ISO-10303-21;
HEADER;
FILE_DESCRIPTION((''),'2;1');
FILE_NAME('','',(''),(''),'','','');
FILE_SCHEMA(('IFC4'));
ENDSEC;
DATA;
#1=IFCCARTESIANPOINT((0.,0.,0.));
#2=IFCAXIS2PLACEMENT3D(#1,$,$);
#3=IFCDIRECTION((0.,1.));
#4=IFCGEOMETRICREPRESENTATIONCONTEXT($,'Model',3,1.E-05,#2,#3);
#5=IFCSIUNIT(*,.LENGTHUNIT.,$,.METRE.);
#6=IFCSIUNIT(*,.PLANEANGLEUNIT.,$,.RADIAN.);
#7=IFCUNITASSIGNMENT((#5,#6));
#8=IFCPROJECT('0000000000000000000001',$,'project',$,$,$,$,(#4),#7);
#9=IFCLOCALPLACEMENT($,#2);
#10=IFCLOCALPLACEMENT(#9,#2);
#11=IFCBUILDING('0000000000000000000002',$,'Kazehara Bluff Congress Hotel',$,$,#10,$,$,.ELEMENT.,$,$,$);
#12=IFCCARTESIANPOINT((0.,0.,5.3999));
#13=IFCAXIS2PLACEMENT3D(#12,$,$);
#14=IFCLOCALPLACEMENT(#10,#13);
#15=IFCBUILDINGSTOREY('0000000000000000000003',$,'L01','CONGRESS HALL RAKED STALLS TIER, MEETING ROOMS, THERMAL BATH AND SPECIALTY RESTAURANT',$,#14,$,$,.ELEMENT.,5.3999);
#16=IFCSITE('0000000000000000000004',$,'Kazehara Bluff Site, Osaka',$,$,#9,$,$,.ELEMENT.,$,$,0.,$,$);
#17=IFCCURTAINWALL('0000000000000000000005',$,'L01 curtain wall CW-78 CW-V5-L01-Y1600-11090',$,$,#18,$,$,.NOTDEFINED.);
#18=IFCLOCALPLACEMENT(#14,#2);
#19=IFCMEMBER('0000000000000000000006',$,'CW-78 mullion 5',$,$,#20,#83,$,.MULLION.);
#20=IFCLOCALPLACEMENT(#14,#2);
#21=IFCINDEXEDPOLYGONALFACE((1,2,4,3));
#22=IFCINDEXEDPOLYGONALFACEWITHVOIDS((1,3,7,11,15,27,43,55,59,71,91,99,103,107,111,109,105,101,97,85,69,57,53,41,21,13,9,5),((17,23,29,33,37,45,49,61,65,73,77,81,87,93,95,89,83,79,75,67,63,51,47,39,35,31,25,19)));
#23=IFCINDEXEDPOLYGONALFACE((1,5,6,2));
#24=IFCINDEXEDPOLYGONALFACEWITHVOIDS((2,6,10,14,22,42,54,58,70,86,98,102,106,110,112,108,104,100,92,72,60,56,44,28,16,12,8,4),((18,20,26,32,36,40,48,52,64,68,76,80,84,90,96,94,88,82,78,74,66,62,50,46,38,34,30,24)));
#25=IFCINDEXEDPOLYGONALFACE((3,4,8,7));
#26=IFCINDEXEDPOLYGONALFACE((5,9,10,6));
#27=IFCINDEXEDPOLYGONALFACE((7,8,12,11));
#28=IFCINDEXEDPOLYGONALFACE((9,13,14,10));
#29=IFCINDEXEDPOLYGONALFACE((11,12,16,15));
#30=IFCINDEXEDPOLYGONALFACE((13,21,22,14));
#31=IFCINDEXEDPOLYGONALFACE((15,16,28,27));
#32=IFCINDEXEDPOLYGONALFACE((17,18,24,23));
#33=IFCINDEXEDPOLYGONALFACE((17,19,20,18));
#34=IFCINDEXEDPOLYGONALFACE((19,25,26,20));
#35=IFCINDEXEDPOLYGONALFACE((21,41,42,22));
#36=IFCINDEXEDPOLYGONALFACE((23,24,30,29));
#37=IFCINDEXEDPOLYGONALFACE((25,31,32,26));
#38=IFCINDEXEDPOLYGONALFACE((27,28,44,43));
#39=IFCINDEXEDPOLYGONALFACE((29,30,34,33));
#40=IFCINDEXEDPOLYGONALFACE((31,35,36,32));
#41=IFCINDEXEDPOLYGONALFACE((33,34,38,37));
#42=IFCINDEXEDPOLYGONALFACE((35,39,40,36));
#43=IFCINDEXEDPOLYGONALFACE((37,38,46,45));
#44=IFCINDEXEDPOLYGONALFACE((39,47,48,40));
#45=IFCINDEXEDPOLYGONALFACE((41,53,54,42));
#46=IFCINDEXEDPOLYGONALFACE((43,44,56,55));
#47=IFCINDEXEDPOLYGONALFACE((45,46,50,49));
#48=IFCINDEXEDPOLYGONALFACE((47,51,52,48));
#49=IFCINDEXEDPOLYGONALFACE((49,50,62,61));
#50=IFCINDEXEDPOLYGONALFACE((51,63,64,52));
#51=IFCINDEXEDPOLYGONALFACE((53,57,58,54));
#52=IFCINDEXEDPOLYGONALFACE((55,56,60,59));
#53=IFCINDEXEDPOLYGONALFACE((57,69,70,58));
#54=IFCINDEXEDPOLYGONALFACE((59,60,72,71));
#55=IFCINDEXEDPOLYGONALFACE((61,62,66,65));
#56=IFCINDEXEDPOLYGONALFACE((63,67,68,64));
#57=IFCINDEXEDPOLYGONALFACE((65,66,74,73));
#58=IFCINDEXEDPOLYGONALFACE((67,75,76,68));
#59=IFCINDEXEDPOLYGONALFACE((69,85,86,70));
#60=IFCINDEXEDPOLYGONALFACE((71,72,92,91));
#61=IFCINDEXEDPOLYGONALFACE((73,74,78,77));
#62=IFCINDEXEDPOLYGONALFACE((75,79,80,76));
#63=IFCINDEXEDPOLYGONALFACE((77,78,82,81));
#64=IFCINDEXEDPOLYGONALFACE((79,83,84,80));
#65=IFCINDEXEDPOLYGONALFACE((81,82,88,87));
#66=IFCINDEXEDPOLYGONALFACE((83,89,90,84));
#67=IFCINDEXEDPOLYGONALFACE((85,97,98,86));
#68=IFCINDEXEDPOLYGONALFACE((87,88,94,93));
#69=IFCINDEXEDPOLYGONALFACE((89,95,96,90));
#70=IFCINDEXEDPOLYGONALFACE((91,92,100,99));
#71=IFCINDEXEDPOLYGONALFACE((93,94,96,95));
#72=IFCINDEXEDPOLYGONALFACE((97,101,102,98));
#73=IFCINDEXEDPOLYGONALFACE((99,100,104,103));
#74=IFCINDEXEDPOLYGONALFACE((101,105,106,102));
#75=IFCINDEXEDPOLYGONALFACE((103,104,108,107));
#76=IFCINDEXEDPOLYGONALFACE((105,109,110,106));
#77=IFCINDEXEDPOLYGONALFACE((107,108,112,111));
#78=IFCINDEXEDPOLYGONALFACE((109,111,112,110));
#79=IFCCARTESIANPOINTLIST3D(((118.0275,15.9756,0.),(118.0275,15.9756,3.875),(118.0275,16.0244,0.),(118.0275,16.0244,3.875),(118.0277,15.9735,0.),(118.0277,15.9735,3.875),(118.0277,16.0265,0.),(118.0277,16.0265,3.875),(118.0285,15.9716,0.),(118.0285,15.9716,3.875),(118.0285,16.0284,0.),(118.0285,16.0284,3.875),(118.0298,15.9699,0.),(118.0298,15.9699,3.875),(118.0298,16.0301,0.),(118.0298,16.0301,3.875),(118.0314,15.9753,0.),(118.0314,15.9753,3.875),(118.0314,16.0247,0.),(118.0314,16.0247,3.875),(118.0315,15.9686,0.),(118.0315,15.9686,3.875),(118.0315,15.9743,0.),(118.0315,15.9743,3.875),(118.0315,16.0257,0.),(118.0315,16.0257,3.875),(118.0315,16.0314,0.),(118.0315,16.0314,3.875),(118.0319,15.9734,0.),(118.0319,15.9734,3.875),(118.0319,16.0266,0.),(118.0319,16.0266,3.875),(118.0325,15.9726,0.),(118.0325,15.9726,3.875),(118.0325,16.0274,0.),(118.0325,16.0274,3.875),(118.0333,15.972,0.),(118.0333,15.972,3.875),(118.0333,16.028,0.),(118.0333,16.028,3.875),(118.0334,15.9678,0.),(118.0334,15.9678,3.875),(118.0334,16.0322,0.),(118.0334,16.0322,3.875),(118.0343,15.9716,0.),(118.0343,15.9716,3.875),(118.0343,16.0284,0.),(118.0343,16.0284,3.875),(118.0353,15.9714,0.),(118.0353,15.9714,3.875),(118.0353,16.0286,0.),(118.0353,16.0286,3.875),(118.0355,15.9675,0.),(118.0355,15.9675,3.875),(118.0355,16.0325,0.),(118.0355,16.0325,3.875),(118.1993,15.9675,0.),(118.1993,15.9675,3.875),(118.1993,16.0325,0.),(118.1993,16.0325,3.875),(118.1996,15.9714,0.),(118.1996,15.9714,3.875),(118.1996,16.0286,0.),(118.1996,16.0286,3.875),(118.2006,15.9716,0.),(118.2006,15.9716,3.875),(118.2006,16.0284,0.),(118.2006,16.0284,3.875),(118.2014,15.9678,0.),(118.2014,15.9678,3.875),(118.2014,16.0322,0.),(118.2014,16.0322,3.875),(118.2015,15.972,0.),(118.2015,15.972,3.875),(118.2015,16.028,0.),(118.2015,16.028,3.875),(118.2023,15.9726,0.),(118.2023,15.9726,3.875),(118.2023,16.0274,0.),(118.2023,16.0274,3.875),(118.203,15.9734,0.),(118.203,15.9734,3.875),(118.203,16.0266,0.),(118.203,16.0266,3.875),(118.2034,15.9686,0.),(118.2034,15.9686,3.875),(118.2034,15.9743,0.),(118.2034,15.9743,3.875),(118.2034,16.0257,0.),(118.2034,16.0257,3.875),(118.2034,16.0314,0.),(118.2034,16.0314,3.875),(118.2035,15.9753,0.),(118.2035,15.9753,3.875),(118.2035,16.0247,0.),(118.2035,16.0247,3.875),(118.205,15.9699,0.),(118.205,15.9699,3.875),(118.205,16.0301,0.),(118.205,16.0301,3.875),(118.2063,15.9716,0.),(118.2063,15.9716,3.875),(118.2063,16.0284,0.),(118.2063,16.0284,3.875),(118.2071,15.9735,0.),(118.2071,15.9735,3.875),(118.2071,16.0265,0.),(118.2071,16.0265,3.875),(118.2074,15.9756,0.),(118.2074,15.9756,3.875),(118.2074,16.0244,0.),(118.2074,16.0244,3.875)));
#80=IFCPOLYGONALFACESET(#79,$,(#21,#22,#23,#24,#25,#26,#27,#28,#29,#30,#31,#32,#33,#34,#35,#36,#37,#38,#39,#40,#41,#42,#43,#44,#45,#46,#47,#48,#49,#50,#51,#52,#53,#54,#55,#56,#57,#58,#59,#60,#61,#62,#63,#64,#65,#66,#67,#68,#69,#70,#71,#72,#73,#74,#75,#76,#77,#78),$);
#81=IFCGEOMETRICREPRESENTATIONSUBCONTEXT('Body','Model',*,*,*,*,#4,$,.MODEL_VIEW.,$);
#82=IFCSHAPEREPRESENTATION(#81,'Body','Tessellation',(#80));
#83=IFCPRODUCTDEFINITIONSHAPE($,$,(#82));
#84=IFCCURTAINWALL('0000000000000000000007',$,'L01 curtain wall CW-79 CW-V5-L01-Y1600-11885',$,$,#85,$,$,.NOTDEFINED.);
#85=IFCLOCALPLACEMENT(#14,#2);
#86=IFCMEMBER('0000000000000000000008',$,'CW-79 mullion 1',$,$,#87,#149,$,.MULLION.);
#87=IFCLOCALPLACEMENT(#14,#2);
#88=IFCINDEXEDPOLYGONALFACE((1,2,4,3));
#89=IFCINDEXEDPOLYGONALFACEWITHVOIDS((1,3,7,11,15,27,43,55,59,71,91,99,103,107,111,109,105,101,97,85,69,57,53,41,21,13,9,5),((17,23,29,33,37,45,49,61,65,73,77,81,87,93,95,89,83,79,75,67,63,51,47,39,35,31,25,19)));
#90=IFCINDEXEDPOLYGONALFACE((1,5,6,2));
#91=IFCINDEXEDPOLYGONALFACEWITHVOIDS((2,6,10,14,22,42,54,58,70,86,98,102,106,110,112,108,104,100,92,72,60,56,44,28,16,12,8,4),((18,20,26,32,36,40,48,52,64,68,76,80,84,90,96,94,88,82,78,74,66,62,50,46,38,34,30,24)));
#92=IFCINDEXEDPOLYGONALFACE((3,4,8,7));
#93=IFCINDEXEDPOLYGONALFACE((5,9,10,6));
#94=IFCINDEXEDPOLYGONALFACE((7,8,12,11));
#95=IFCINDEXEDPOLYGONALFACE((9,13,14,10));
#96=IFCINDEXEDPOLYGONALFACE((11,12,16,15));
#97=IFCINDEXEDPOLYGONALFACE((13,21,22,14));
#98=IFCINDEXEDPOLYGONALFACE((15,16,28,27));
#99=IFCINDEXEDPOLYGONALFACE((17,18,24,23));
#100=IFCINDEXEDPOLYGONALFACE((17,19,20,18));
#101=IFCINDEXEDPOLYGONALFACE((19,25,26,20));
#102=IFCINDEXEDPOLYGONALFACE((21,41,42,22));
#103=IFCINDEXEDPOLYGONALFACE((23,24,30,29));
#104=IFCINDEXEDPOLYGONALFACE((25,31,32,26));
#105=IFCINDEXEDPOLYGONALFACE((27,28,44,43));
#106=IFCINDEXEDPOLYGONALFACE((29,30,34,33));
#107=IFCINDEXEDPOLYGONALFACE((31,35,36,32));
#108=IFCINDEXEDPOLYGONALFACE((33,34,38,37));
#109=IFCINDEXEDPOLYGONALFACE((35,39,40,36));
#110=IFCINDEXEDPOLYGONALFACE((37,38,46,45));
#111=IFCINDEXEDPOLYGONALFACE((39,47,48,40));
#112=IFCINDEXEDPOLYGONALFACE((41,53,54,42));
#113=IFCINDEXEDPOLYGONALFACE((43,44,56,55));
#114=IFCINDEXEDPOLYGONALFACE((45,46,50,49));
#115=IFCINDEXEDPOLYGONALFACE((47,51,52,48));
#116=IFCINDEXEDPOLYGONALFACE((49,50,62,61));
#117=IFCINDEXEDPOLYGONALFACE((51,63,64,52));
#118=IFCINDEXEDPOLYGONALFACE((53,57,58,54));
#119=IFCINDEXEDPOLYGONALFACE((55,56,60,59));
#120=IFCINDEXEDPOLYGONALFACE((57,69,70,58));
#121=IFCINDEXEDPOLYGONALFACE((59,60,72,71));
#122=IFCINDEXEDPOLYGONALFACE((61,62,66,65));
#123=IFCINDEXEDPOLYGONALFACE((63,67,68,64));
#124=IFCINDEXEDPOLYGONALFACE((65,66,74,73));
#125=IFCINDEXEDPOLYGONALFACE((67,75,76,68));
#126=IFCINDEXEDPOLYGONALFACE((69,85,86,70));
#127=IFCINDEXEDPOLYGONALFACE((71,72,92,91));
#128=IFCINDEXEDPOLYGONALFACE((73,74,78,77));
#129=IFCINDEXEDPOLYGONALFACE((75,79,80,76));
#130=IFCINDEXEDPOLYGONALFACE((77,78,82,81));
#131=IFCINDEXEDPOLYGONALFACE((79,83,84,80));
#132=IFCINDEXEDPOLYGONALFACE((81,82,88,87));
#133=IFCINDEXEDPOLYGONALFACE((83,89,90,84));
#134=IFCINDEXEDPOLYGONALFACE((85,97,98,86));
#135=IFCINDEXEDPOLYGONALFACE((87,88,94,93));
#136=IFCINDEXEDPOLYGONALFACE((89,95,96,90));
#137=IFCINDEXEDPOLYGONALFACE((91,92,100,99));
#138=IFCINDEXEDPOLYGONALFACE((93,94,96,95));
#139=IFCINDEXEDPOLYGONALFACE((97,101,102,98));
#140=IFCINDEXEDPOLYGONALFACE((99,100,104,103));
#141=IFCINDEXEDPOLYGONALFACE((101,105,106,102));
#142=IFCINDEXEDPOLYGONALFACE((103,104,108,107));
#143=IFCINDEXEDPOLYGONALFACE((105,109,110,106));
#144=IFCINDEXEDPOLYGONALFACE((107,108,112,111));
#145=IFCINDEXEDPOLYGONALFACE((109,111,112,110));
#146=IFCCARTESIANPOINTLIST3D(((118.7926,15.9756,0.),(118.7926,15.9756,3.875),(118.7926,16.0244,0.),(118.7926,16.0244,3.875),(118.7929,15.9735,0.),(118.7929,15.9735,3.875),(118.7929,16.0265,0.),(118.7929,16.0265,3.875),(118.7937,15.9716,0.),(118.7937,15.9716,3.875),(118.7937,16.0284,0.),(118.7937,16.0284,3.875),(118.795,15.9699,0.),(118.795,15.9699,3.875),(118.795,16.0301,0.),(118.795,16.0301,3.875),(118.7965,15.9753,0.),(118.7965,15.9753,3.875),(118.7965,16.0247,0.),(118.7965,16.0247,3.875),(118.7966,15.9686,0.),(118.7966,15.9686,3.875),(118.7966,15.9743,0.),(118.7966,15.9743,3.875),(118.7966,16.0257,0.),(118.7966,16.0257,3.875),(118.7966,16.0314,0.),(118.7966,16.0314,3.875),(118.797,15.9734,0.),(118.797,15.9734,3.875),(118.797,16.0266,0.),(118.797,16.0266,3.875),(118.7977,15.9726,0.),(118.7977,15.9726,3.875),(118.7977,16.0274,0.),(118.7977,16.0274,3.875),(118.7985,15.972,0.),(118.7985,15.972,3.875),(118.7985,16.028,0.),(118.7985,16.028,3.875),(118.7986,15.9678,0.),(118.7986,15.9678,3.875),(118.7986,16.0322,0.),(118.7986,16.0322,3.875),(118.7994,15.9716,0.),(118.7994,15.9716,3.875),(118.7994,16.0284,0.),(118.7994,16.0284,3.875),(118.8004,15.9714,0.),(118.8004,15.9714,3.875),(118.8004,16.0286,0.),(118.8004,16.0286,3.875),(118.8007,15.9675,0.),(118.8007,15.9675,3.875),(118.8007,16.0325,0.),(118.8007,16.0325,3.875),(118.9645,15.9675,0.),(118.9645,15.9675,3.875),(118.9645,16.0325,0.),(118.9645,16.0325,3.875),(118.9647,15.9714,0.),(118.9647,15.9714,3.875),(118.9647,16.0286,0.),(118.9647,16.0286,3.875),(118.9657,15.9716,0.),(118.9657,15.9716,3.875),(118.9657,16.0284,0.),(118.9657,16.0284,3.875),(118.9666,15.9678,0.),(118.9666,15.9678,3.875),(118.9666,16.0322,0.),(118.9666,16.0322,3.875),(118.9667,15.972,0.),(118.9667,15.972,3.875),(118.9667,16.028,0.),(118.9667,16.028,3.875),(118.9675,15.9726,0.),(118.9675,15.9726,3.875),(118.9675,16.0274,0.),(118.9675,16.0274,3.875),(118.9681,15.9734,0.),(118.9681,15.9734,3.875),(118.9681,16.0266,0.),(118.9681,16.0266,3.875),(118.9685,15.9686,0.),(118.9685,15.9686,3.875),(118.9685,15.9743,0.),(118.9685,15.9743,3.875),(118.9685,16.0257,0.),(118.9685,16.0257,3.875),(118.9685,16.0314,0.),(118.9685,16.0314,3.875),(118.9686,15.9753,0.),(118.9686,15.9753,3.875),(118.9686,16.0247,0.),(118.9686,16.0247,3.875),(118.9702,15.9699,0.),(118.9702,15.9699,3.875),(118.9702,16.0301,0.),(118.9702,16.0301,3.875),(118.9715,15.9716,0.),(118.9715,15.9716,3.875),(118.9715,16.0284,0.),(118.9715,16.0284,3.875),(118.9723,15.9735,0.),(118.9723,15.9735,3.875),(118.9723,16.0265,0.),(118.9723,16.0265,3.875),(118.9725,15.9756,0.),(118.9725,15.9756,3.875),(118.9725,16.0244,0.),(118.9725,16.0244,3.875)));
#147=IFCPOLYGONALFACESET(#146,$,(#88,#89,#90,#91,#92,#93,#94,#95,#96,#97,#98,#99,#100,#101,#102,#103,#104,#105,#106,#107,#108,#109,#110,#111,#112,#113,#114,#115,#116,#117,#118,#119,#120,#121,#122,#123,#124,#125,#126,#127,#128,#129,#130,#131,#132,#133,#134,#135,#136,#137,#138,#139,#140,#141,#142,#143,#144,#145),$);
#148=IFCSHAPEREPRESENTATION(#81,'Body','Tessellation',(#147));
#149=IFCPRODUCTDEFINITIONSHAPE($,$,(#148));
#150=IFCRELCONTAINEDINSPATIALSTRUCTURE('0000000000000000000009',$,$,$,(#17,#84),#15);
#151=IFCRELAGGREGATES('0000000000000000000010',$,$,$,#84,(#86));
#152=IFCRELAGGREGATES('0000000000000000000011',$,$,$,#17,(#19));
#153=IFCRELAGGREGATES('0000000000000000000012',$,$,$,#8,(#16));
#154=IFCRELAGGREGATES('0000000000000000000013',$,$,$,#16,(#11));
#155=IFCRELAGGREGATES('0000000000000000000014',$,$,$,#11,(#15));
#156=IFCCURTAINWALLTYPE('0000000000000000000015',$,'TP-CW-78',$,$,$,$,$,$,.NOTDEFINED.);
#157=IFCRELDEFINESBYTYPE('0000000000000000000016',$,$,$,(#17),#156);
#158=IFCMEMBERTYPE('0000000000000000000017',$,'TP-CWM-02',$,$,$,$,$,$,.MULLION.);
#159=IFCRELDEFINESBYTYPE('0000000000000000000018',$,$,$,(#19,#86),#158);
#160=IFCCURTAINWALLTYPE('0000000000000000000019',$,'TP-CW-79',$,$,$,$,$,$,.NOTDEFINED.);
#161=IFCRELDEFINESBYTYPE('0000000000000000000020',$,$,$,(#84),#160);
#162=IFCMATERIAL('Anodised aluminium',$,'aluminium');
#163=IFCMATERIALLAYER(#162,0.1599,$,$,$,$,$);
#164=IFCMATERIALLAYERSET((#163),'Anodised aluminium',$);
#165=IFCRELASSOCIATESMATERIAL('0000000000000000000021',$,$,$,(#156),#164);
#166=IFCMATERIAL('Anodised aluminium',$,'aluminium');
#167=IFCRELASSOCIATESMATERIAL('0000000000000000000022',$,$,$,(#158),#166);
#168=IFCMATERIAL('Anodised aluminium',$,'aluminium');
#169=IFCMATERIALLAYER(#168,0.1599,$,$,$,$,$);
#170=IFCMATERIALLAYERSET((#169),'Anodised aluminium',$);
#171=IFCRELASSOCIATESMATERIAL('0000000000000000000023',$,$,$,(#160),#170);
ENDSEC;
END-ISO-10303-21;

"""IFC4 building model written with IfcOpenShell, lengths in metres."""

from ifc_helpers import new_model, si_unit, direction, frame, origin, origin_2d, place, context, subcontext, project, spatial, hollow_rectangle, extrude, material, layer, layer_set, material_profile, profile_set, type_object, element, aggregate, save


model = new_model("IFC4")

# Units and contexts
model_context = context("Model", 3, precision=1e-05, world=origin(), true_north=direction((0.0, 1.0)))
body_context = subcontext(model_context, "Body", "Model", "MODEL_VIEW")
ifc_project = project(units=[si_unit("LENGTHUNIT", "METRE"), si_unit("PLANEANGLEUNIT", "RADIAN")], contexts=[model_context])

# Site, building, storey
site_placement = place(None, origin())
site = spatial("IfcSite", under=ifc_project, at=site_placement, Name="Kazehara Bluff Site, Osaka", CompositionType="ELEMENT", RefElevation=0.0)
building_placement = place(site_placement, origin())
building = spatial("IfcBuilding", under=site, at=building_placement, Name="Kazehara Bluff Congress Hotel", CompositionType="ELEMENT")
storey_placement = place(building_placement, frame((0.0, 0.0, 5.3999)))
storey = spatial("IfcBuildingStorey", under=building, at=storey_placement, Name="L01", Description="CONGRESS HALL RAKED STALLS TIER, MEETING ROOMS, THERMAL BATH AND SPECIALTY RESTAURANT", CompositionType="ELEMENT", Elevation=5.3999)

# Curtain walls, members
ifc_material_1 = material(Name="Anodised aluminium", Category="aluminium")
ifc_layer_1 = layer(ifc_material_1, 0.1599)
ifc_layer_set_1 = layer_set([ifc_layer_1], Name="Anodised aluminium")
curtain_wall_type_1 = type_object("IfcCurtainWallType", Name="TP-CW-78", PredefinedType="NOTDEFINED", material=ifc_layer_set_1)
curtain_wall_1_placement = place(storey_placement, origin())
curtain_wall_1 = element("IfcCurtainWall", 1, at=curtain_wall_1_placement, inside=storey, type_object=curtain_wall_type_1, Name="L01 curtain wall CW-78 CW-V5-L01-Y1600-11090", PredefinedType="NOTDEFINED")
ifc_material_2 = material(Name="Anodised aluminium", Category="aluminium")
ifc_material_profile_1 = material_profile(ifc_material_2, hollow_rectangle(XDim=0.0649, YDim=0.1799, WallThickness=0.0039, InnerFilletRadius=0.0039, OuterFilletRadius=0.0081, at=origin_2d()))
ifc_profile_set_1 = profile_set([ifc_material_profile_1], Name="Anodised aluminium")
member_type_1 = type_object("IfcMemberType", Name="TP-CWM-02", PredefinedType="MULLION", material=ifc_profile_set_1)
member_1_placement = place(storey_placement, frame((118.1174, 16.0, 0.0), z_axis=(0.0, 0.0, 1.0), x_axis=(0.0, 1.0, 0.0)))
member_1 = element("IfcMember", 2, at=member_1_placement, type_object=member_type_1, Name="CW-78 mullion 5", PredefinedType="MULLION", context=body_context, shape_type="SweptSolid", body=[
    extrude(hollow_rectangle(XDim=0.0649, YDim=0.1799, WallThickness=0.0039, InnerFilletRadius=0.0039, OuterFilletRadius=0.0081, at=origin_2d()), origin(), (0.0, 0.0, 1.0), 3.875),
])
ifc_material_3 = material(Name="Anodised aluminium", Category="aluminium")
ifc_layer_2 = layer(ifc_material_3, 0.1599)
ifc_layer_set_2 = layer_set([ifc_layer_2], Name="Anodised aluminium")
curtain_wall_type_2 = type_object("IfcCurtainWallType", Name="TP-CW-79", PredefinedType="NOTDEFINED", material=ifc_layer_set_2)
curtain_wall_2_placement = place(storey_placement, origin())
curtain_wall_2 = element("IfcCurtainWall", 3, at=curtain_wall_2_placement, inside=storey, type_object=curtain_wall_type_2, Name="L01 curtain wall CW-79 CW-V5-L01-Y1600-11885", PredefinedType="NOTDEFINED")
member_2_placement = place(storey_placement, frame((118.8826, 16.0, 0.0), z_axis=(0.0, 0.0, 1.0), x_axis=(0.0, 1.0, 0.0)))
member_2 = element("IfcMember", 4, at=member_2_placement, type_object=member_type_1, Name="CW-79 mullion 1", PredefinedType="MULLION", context=body_context, shape_type="SweptSolid", body=[
    extrude(hollow_rectangle(XDim=0.0649, YDim=0.1799, WallThickness=0.0039, InnerFilletRadius=0.0039, OuterFilletRadius=0.0081, at=origin_2d()), origin(), (0.0, 0.0, 1.0), 3.875),
])

aggregate(curtain_wall_2, [member_2])

aggregate(curtain_wall_1, [member_1])

save(model, "model.ifc")
